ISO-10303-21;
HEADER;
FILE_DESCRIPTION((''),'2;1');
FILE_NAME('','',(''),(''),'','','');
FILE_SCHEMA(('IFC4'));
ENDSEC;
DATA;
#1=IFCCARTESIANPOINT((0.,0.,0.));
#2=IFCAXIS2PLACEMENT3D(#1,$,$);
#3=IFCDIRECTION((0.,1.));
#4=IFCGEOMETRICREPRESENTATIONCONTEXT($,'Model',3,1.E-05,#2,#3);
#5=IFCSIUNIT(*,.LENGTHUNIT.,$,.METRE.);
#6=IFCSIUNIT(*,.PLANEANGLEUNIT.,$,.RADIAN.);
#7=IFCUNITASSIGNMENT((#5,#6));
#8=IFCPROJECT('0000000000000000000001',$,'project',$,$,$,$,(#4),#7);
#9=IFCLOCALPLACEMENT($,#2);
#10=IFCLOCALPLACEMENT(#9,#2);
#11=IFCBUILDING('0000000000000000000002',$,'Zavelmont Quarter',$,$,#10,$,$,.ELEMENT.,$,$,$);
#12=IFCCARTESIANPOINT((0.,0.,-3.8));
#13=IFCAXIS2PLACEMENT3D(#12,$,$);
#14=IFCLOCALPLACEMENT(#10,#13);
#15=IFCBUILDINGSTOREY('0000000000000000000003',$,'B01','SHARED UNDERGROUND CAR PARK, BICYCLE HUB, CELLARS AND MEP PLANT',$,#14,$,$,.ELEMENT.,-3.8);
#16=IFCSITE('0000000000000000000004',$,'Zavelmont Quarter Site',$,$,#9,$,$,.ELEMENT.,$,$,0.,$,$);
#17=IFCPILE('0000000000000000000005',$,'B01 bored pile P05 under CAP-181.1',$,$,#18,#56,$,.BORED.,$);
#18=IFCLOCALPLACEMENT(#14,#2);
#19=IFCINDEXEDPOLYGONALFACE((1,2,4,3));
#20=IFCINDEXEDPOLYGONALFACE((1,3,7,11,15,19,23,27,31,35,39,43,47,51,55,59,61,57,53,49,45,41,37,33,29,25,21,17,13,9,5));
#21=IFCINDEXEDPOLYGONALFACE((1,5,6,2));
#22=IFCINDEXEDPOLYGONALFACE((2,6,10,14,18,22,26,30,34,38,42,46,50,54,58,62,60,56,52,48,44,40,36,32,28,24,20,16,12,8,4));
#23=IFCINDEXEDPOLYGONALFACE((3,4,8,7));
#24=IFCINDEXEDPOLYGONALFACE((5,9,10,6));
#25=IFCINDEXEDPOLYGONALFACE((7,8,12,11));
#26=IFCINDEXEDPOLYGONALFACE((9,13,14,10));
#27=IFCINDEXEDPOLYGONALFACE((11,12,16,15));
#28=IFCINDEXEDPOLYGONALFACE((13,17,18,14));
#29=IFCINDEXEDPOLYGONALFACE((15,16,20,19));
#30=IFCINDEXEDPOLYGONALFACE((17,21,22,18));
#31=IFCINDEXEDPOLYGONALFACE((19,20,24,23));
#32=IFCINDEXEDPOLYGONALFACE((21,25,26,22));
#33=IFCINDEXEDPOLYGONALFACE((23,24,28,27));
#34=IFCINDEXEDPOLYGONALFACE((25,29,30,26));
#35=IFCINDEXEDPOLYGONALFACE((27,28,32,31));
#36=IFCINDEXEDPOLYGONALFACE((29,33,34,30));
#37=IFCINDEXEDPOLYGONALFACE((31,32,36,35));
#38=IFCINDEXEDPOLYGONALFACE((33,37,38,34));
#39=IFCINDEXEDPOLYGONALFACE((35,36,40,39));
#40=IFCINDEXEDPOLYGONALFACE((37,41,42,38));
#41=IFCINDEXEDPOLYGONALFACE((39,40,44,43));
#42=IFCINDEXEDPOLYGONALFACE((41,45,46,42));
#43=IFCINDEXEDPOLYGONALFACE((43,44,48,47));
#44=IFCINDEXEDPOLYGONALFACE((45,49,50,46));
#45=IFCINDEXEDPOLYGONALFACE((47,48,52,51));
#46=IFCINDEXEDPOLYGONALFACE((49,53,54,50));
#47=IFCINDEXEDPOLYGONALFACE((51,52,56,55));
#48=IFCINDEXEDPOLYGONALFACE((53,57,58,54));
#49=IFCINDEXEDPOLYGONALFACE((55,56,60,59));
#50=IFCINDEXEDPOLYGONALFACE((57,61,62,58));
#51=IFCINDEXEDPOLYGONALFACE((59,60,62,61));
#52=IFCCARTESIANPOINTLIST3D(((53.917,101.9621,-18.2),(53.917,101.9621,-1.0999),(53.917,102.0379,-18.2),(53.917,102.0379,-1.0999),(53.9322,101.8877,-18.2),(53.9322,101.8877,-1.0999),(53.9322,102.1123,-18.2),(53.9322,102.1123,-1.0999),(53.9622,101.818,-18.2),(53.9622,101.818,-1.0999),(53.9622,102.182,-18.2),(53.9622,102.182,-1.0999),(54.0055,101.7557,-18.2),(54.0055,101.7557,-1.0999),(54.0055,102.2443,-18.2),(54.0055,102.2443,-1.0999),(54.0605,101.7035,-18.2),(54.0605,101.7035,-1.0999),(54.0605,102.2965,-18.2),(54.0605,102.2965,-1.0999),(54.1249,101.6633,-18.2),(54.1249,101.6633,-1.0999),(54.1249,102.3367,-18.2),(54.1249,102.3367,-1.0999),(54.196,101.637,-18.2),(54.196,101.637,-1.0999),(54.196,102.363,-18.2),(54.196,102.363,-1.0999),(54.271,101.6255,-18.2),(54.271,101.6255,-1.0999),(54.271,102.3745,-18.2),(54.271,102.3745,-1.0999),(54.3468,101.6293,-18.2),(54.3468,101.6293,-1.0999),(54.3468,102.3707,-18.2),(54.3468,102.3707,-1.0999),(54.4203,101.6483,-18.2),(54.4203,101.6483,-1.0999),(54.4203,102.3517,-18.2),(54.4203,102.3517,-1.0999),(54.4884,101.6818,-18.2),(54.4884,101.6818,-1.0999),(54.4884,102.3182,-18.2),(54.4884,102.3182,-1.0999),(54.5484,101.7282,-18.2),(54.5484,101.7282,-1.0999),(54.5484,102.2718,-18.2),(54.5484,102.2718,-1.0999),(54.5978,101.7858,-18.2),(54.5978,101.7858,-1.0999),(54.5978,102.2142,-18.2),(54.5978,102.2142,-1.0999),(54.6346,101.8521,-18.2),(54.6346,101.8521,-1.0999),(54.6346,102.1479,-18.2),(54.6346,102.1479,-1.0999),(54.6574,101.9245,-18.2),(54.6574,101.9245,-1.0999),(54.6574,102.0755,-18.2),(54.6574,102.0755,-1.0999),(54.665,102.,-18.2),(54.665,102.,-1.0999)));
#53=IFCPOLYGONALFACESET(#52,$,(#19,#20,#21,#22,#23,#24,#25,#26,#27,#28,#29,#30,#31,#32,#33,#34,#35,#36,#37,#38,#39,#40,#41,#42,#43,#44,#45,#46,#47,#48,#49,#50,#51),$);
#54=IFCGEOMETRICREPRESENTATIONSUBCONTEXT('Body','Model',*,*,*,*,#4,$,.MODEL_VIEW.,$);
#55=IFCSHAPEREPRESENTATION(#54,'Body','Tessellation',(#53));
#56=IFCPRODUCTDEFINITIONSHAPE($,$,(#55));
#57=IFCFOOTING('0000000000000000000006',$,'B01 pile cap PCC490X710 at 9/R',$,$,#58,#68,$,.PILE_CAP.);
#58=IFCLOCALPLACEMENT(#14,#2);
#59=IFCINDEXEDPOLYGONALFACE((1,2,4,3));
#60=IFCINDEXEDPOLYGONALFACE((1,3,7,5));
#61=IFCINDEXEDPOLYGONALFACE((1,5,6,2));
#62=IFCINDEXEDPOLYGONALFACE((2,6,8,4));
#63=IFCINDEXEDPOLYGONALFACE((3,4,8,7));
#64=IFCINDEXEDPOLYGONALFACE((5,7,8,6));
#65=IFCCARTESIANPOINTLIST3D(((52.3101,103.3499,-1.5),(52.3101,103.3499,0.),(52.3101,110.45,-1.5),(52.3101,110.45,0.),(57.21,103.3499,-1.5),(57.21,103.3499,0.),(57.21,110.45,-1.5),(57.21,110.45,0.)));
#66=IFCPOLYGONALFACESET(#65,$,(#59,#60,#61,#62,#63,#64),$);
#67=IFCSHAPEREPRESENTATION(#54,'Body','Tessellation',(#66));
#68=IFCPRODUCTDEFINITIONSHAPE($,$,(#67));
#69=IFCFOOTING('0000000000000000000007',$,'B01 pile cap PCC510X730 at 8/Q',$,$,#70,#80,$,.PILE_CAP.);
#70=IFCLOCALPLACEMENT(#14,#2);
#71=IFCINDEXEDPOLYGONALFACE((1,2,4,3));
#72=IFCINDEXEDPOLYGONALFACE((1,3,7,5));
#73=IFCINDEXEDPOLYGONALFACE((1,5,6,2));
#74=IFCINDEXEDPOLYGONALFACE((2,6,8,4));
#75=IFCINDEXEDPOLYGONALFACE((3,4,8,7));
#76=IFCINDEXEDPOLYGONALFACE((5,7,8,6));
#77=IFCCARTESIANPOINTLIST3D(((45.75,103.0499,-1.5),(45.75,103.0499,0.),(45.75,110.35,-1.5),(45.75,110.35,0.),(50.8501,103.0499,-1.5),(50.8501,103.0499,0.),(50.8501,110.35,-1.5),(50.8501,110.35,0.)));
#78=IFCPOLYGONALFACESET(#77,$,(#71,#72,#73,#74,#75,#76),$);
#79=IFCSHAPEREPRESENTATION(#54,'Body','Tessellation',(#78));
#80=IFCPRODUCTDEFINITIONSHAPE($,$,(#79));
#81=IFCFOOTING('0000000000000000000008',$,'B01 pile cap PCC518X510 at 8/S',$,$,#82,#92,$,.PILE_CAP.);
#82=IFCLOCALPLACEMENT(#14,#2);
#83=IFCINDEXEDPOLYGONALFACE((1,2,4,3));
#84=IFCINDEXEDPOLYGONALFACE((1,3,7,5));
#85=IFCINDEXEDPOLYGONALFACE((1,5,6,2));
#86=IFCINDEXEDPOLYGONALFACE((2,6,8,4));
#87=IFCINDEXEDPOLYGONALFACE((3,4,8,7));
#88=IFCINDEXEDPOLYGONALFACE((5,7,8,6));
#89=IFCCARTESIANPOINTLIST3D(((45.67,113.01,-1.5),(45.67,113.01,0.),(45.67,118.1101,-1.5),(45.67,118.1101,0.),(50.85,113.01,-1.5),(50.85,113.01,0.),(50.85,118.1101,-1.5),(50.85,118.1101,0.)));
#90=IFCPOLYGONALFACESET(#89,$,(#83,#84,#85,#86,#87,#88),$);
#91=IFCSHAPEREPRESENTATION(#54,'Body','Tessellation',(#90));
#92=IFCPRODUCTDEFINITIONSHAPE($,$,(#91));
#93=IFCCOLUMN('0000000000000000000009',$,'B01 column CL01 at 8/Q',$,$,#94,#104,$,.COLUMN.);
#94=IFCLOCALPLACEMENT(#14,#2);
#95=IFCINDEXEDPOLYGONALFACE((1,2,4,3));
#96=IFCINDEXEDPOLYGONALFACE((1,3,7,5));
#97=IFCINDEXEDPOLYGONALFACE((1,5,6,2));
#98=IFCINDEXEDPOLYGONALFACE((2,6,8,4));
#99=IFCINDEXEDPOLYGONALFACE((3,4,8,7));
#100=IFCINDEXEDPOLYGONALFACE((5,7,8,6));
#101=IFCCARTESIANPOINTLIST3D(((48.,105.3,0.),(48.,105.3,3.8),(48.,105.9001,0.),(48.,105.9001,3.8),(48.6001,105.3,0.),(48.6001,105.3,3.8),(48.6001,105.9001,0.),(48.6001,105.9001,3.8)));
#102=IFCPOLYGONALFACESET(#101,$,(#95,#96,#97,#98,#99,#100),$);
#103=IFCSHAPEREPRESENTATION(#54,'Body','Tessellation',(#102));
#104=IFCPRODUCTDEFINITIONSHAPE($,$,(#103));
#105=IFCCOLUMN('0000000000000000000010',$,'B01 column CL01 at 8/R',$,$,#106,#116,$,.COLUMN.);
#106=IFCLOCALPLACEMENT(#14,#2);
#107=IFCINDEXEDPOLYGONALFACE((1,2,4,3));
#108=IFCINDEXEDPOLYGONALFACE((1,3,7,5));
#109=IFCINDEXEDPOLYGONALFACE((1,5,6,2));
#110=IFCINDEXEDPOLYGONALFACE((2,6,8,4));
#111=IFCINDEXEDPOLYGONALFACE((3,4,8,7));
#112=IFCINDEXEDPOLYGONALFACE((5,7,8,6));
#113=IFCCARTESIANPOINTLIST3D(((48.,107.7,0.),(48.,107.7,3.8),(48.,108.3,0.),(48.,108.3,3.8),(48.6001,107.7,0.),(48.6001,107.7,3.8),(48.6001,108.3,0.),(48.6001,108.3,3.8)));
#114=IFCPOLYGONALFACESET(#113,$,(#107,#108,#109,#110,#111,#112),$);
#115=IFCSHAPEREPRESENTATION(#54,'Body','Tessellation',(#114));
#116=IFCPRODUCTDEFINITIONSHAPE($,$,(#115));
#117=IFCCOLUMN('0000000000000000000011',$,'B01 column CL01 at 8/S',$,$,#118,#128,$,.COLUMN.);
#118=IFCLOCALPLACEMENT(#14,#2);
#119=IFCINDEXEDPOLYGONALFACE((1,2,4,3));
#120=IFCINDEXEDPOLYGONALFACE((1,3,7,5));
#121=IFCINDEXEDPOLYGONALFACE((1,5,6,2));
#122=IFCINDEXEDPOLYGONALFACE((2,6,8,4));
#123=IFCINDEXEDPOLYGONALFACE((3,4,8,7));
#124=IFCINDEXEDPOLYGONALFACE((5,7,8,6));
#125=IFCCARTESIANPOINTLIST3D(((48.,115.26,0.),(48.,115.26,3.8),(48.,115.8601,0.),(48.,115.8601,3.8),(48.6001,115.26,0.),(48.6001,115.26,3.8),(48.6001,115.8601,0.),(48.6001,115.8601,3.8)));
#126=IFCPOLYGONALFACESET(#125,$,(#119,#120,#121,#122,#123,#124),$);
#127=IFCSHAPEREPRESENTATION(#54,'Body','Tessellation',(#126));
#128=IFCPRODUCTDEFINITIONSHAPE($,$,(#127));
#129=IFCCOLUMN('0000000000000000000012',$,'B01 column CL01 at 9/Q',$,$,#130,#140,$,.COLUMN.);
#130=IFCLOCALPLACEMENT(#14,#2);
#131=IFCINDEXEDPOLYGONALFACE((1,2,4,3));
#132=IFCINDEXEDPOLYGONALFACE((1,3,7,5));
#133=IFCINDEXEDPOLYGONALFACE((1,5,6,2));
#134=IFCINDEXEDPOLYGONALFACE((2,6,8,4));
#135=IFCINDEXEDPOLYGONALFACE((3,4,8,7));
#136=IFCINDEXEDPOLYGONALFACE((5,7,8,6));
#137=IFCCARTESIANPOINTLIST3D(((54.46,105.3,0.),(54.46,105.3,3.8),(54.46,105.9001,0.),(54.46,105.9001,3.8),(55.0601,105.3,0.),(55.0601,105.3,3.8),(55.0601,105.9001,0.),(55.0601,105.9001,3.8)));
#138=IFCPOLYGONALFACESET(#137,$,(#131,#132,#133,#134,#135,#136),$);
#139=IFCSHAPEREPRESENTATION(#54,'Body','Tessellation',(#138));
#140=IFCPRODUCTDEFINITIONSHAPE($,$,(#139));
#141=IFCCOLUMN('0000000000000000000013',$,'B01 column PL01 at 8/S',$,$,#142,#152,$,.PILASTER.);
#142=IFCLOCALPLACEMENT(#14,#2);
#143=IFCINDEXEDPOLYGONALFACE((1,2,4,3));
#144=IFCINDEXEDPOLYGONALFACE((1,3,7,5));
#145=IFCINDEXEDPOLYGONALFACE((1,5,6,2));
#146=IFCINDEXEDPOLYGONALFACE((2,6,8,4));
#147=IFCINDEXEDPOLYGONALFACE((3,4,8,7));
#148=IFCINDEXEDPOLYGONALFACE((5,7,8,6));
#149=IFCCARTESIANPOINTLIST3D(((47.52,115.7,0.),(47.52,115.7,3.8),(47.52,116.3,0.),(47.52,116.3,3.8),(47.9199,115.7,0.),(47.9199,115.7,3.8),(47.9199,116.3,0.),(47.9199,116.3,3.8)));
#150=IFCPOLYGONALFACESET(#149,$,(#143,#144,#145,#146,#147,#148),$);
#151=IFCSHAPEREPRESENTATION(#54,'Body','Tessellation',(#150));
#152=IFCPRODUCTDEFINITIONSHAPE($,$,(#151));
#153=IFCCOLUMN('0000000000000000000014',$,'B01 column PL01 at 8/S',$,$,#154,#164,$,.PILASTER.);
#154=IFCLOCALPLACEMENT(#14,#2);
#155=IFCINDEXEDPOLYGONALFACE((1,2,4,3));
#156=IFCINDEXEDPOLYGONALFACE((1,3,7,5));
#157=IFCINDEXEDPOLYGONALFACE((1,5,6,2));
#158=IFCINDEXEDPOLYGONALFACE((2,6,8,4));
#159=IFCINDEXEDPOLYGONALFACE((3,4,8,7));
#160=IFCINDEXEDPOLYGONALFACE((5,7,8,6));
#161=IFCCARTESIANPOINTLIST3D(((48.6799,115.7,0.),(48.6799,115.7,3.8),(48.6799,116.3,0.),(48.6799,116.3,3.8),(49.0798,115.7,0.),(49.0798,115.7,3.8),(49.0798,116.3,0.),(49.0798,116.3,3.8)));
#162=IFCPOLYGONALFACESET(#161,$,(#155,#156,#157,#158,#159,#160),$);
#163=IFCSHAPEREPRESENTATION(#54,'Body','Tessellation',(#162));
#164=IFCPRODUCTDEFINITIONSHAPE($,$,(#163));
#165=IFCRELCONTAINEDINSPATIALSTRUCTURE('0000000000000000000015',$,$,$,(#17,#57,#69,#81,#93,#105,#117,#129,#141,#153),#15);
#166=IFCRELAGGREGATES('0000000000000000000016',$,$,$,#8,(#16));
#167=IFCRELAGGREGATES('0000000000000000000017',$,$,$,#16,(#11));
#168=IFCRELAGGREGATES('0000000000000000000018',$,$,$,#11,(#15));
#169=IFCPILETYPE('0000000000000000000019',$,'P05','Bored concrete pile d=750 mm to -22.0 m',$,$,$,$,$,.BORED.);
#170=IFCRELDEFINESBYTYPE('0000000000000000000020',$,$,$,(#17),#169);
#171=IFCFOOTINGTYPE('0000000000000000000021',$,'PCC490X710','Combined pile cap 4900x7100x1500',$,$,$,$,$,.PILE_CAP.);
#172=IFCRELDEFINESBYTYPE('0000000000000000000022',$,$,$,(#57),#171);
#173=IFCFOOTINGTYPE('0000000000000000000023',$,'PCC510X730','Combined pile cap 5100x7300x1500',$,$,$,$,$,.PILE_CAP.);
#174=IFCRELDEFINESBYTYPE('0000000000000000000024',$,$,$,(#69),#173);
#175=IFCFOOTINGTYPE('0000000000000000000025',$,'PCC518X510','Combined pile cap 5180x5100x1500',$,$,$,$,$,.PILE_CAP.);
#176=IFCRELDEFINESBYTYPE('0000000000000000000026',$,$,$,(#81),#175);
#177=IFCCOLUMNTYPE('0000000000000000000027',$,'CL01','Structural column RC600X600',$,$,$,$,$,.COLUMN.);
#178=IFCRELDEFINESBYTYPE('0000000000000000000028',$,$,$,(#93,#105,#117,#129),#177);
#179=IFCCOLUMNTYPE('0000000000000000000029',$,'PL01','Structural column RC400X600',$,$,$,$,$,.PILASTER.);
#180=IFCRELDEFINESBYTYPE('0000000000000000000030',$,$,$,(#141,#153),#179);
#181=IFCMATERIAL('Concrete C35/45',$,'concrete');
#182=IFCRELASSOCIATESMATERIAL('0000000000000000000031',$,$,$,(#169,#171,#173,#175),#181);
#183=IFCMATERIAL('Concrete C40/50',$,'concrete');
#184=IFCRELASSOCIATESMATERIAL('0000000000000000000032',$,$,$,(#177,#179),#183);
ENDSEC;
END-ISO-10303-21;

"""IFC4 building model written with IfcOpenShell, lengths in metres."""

from ifc_helpers import new_model, si_unit, direction, frame, origin, origin_2d, place, context, subcontext, project, spatial, rectangle, circle, extrude, material, material_profile, profile_set, type_object, element, save


model = new_model("IFC4")

# Units and contexts
model_context = context("Model", 3, precision=1e-05, world=origin(), true_north=direction((0.0, 1.0)))
body_context = subcontext(model_context, "Body", "Model", "MODEL_VIEW")
ifc_project = project(units=[si_unit("LENGTHUNIT", "METRE"), si_unit("PLANEANGLEUNIT", "RADIAN")], contexts=[model_context])

# Site, building, storey
site_placement = place(None, origin())
site = spatial("IfcSite", under=ifc_project, at=site_placement, Name="Zavelmont Quarter Site", CompositionType="ELEMENT", RefElevation=0.0)
building_placement = place(site_placement, origin())
building = spatial("IfcBuilding", under=site, at=building_placement, Name="Zavelmont Quarter", CompositionType="ELEMENT")
storey_placement = place(building_placement, frame((0.0, 0.0, -3.8)))
storey = spatial("IfcBuildingStorey", under=building, at=storey_placement, Name="B01", Description="SHARED UNDERGROUND CAR PARK, BICYCLE HUB, CELLARS AND MEP PLANT", CompositionType="ELEMENT", Elevation=-3.8)

# Shared definitions
ifc_material_1 = material(Name="Concrete C35/45", Category="concrete")

# Pile
ifc_material_profile_1 = material_profile(ifc_material_1, circle(Radius=0.375, at=origin_2d()), Name="BP750")
ifc_profile_set_1 = profile_set([ifc_material_profile_1], Name="Concrete C35/45")
pile_type_1 = type_object("IfcPileType", Name="P05", Description="Bored concrete pile d=750 mm to -22.0 m", PredefinedType="BORED", material=ifc_profile_set_1)
pile_placement = place(storey_placement, frame((54.29, 102.0, -1.0999), z_axis=(0.0, 0.0, -1.0), x_axis=(1.0, 0.0, 0.0)))
element("IfcPile", 1, at=pile_placement, inside=storey, type_object=pile_type_1, Name="B01 bored pile P05 under CAP-181.1", PredefinedType="BORED", context=body_context, shape_type="SweptSolid", body=[
    extrude(circle(Radius=0.375, at=origin_2d()), origin(), (0.0, 0.0, 1.0), 17.1001),
])

# Footings
footing_type_1 = type_object("IfcFootingType", Name="PCC490X710", Description="Combined pile cap 4900x7100x1500", PredefinedType="PILE_CAP", material=ifc_material_1)
footing_1_placement = place(storey_placement, frame((54.76, 106.8999, -1.5), z_axis=(0.0, 0.0, 1.0), x_axis=(1.0, 0.0, 0.0)))
element("IfcFooting", 2, at=footing_1_placement, inside=storey, type_object=footing_type_1, Name="B01 pile cap PCC490X710 at 9/R", PredefinedType="PILE_CAP", context=body_context, shape_type="SweptSolid", body=[
    extrude(rectangle(XDim=4.8999, YDim=7.1001, at=origin_2d()), origin(), (0.0, 0.0, 1.0), 1.5),
])
footing_type_2 = type_object("IfcFootingType", Name="PCC510X730", Description="Combined pile cap 5100x7300x1500", PredefinedType="PILE_CAP", material=ifc_material_1)
footing_2_placement = place(storey_placement, frame((48.3, 106.7, -1.5), z_axis=(0.0, 0.0, 1.0), x_axis=(1.0, 0.0, 0.0)))
element("IfcFooting", 3, at=footing_2_placement, inside=storey, type_object=footing_type_2, Name="B01 pile cap PCC510X730 at 8/Q", PredefinedType="PILE_CAP", context=body_context, shape_type="SweptSolid", body=[
    extrude(rectangle(XDim=5.1001, YDim=7.3, at=origin_2d()), origin(), (0.0, 0.0, 1.0), 1.5),
])
footing_type_3 = type_object("IfcFootingType", Name="PCC518X510", Description="Combined pile cap 5180x5100x1500", PredefinedType="PILE_CAP", material=ifc_material_1)
footing_3_placement = place(storey_placement, frame((48.26, 115.5601, -1.5), z_axis=(0.0, 0.0, 1.0), x_axis=(1.0, 0.0, 0.0)))
element("IfcFooting", 4, at=footing_3_placement, inside=storey, type_object=footing_type_3, Name="B01 pile cap PCC518X510 at 8/S", PredefinedType="PILE_CAP", context=body_context, shape_type="SweptSolid", body=[
    extrude(rectangle(XDim=5.1799, YDim=5.1001, at=origin_2d()), origin(), (0.0, 0.0, 1.0), 1.5),
])

# Columns
ifc_material_2 = material(Name="Concrete C40/50", Category="concrete")
ifc_material_profile_2 = material_profile(ifc_material_2, rectangle(XDim=0.6001, YDim=0.6001, at=origin_2d()), Name="RC600X600")
ifc_profile_set_2 = profile_set([ifc_material_profile_2], Name="Concrete C40/50")
column_type_1 = type_object("IfcColumnType", Name="CL01", Description="Structural column RC600X600", PredefinedType="COLUMN", material=ifc_profile_set_2)
for number, where, z_axis, x_axis, name in (
    (5, (48.3, 105.6001, 0.0), (0.0, 0.0, 1.0), (1.0, 0.0, 0.0), "B01 column CL01 at 8/Q"),
    (6, (48.3, 108.0, 0.0), (0.0, 0.0, 1.0), (1.0, 0.0, 0.0), "B01 column CL01 at 8/R"),
    (7, (48.3, 115.5601, 0.0), (0.0, 0.0, 1.0), (1.0, 0.0, 0.0), "B01 column CL01 at 8/S"),
    (8, (54.76, 105.6001, 0.0), (0.0, 0.0, 1.0), (1.0, 0.0, 0.0), "B01 column CL01 at 9/Q"),
):
    element("IfcColumn", number, at=place(storey_placement, frame(where, z_axis=z_axis, x_axis=x_axis)), inside=storey, type_object=column_type_1, Name=name, PredefinedType="COLUMN", context=body_context, shape_type="SweptSolid", body=[
        extrude(rectangle(XDim=0.6001, YDim=0.6001, at=origin_2d()), origin(), (0.0, 0.0, 1.0), 3.8),
    ])
ifc_material_profile_3 = material_profile(ifc_material_2, rectangle(XDim=0.3999, YDim=0.6001, at=origin_2d()), Name="RC400X600")
ifc_profile_set_3 = profile_set([ifc_material_profile_3], Name="Concrete C40/50")
column_type_2 = type_object("IfcColumnType", Name="PL01", Description="Structural column RC400X600", PredefinedType="PILASTER", material=ifc_profile_set_3)
for number, where, z_axis, x_axis, name in (
    (9, (47.72, 116.0, 0.0), (0.0, 0.0, 1.0), (1.0, 0.0, 0.0), "B01 column PL01 at 8/S"),
    (10, (48.8799, 116.0, 0.0), (0.0, 0.0, 1.0), (1.0, 0.0, 0.0), "B01 column PL01 at 8/S"),
):
    element("IfcColumn", number, at=place(storey_placement, frame(where, z_axis=z_axis, x_axis=x_axis)), inside=storey, type_object=column_type_2, Name=name, PredefinedType="PILASTER", context=body_context, shape_type="SweptSolid", body=[
        extrude(rectangle(XDim=0.3999, YDim=0.6001, at=origin_2d()), origin(), (0.0, 0.0, 1.0), 3.8),
    ])

save(model, "model.ifc")
